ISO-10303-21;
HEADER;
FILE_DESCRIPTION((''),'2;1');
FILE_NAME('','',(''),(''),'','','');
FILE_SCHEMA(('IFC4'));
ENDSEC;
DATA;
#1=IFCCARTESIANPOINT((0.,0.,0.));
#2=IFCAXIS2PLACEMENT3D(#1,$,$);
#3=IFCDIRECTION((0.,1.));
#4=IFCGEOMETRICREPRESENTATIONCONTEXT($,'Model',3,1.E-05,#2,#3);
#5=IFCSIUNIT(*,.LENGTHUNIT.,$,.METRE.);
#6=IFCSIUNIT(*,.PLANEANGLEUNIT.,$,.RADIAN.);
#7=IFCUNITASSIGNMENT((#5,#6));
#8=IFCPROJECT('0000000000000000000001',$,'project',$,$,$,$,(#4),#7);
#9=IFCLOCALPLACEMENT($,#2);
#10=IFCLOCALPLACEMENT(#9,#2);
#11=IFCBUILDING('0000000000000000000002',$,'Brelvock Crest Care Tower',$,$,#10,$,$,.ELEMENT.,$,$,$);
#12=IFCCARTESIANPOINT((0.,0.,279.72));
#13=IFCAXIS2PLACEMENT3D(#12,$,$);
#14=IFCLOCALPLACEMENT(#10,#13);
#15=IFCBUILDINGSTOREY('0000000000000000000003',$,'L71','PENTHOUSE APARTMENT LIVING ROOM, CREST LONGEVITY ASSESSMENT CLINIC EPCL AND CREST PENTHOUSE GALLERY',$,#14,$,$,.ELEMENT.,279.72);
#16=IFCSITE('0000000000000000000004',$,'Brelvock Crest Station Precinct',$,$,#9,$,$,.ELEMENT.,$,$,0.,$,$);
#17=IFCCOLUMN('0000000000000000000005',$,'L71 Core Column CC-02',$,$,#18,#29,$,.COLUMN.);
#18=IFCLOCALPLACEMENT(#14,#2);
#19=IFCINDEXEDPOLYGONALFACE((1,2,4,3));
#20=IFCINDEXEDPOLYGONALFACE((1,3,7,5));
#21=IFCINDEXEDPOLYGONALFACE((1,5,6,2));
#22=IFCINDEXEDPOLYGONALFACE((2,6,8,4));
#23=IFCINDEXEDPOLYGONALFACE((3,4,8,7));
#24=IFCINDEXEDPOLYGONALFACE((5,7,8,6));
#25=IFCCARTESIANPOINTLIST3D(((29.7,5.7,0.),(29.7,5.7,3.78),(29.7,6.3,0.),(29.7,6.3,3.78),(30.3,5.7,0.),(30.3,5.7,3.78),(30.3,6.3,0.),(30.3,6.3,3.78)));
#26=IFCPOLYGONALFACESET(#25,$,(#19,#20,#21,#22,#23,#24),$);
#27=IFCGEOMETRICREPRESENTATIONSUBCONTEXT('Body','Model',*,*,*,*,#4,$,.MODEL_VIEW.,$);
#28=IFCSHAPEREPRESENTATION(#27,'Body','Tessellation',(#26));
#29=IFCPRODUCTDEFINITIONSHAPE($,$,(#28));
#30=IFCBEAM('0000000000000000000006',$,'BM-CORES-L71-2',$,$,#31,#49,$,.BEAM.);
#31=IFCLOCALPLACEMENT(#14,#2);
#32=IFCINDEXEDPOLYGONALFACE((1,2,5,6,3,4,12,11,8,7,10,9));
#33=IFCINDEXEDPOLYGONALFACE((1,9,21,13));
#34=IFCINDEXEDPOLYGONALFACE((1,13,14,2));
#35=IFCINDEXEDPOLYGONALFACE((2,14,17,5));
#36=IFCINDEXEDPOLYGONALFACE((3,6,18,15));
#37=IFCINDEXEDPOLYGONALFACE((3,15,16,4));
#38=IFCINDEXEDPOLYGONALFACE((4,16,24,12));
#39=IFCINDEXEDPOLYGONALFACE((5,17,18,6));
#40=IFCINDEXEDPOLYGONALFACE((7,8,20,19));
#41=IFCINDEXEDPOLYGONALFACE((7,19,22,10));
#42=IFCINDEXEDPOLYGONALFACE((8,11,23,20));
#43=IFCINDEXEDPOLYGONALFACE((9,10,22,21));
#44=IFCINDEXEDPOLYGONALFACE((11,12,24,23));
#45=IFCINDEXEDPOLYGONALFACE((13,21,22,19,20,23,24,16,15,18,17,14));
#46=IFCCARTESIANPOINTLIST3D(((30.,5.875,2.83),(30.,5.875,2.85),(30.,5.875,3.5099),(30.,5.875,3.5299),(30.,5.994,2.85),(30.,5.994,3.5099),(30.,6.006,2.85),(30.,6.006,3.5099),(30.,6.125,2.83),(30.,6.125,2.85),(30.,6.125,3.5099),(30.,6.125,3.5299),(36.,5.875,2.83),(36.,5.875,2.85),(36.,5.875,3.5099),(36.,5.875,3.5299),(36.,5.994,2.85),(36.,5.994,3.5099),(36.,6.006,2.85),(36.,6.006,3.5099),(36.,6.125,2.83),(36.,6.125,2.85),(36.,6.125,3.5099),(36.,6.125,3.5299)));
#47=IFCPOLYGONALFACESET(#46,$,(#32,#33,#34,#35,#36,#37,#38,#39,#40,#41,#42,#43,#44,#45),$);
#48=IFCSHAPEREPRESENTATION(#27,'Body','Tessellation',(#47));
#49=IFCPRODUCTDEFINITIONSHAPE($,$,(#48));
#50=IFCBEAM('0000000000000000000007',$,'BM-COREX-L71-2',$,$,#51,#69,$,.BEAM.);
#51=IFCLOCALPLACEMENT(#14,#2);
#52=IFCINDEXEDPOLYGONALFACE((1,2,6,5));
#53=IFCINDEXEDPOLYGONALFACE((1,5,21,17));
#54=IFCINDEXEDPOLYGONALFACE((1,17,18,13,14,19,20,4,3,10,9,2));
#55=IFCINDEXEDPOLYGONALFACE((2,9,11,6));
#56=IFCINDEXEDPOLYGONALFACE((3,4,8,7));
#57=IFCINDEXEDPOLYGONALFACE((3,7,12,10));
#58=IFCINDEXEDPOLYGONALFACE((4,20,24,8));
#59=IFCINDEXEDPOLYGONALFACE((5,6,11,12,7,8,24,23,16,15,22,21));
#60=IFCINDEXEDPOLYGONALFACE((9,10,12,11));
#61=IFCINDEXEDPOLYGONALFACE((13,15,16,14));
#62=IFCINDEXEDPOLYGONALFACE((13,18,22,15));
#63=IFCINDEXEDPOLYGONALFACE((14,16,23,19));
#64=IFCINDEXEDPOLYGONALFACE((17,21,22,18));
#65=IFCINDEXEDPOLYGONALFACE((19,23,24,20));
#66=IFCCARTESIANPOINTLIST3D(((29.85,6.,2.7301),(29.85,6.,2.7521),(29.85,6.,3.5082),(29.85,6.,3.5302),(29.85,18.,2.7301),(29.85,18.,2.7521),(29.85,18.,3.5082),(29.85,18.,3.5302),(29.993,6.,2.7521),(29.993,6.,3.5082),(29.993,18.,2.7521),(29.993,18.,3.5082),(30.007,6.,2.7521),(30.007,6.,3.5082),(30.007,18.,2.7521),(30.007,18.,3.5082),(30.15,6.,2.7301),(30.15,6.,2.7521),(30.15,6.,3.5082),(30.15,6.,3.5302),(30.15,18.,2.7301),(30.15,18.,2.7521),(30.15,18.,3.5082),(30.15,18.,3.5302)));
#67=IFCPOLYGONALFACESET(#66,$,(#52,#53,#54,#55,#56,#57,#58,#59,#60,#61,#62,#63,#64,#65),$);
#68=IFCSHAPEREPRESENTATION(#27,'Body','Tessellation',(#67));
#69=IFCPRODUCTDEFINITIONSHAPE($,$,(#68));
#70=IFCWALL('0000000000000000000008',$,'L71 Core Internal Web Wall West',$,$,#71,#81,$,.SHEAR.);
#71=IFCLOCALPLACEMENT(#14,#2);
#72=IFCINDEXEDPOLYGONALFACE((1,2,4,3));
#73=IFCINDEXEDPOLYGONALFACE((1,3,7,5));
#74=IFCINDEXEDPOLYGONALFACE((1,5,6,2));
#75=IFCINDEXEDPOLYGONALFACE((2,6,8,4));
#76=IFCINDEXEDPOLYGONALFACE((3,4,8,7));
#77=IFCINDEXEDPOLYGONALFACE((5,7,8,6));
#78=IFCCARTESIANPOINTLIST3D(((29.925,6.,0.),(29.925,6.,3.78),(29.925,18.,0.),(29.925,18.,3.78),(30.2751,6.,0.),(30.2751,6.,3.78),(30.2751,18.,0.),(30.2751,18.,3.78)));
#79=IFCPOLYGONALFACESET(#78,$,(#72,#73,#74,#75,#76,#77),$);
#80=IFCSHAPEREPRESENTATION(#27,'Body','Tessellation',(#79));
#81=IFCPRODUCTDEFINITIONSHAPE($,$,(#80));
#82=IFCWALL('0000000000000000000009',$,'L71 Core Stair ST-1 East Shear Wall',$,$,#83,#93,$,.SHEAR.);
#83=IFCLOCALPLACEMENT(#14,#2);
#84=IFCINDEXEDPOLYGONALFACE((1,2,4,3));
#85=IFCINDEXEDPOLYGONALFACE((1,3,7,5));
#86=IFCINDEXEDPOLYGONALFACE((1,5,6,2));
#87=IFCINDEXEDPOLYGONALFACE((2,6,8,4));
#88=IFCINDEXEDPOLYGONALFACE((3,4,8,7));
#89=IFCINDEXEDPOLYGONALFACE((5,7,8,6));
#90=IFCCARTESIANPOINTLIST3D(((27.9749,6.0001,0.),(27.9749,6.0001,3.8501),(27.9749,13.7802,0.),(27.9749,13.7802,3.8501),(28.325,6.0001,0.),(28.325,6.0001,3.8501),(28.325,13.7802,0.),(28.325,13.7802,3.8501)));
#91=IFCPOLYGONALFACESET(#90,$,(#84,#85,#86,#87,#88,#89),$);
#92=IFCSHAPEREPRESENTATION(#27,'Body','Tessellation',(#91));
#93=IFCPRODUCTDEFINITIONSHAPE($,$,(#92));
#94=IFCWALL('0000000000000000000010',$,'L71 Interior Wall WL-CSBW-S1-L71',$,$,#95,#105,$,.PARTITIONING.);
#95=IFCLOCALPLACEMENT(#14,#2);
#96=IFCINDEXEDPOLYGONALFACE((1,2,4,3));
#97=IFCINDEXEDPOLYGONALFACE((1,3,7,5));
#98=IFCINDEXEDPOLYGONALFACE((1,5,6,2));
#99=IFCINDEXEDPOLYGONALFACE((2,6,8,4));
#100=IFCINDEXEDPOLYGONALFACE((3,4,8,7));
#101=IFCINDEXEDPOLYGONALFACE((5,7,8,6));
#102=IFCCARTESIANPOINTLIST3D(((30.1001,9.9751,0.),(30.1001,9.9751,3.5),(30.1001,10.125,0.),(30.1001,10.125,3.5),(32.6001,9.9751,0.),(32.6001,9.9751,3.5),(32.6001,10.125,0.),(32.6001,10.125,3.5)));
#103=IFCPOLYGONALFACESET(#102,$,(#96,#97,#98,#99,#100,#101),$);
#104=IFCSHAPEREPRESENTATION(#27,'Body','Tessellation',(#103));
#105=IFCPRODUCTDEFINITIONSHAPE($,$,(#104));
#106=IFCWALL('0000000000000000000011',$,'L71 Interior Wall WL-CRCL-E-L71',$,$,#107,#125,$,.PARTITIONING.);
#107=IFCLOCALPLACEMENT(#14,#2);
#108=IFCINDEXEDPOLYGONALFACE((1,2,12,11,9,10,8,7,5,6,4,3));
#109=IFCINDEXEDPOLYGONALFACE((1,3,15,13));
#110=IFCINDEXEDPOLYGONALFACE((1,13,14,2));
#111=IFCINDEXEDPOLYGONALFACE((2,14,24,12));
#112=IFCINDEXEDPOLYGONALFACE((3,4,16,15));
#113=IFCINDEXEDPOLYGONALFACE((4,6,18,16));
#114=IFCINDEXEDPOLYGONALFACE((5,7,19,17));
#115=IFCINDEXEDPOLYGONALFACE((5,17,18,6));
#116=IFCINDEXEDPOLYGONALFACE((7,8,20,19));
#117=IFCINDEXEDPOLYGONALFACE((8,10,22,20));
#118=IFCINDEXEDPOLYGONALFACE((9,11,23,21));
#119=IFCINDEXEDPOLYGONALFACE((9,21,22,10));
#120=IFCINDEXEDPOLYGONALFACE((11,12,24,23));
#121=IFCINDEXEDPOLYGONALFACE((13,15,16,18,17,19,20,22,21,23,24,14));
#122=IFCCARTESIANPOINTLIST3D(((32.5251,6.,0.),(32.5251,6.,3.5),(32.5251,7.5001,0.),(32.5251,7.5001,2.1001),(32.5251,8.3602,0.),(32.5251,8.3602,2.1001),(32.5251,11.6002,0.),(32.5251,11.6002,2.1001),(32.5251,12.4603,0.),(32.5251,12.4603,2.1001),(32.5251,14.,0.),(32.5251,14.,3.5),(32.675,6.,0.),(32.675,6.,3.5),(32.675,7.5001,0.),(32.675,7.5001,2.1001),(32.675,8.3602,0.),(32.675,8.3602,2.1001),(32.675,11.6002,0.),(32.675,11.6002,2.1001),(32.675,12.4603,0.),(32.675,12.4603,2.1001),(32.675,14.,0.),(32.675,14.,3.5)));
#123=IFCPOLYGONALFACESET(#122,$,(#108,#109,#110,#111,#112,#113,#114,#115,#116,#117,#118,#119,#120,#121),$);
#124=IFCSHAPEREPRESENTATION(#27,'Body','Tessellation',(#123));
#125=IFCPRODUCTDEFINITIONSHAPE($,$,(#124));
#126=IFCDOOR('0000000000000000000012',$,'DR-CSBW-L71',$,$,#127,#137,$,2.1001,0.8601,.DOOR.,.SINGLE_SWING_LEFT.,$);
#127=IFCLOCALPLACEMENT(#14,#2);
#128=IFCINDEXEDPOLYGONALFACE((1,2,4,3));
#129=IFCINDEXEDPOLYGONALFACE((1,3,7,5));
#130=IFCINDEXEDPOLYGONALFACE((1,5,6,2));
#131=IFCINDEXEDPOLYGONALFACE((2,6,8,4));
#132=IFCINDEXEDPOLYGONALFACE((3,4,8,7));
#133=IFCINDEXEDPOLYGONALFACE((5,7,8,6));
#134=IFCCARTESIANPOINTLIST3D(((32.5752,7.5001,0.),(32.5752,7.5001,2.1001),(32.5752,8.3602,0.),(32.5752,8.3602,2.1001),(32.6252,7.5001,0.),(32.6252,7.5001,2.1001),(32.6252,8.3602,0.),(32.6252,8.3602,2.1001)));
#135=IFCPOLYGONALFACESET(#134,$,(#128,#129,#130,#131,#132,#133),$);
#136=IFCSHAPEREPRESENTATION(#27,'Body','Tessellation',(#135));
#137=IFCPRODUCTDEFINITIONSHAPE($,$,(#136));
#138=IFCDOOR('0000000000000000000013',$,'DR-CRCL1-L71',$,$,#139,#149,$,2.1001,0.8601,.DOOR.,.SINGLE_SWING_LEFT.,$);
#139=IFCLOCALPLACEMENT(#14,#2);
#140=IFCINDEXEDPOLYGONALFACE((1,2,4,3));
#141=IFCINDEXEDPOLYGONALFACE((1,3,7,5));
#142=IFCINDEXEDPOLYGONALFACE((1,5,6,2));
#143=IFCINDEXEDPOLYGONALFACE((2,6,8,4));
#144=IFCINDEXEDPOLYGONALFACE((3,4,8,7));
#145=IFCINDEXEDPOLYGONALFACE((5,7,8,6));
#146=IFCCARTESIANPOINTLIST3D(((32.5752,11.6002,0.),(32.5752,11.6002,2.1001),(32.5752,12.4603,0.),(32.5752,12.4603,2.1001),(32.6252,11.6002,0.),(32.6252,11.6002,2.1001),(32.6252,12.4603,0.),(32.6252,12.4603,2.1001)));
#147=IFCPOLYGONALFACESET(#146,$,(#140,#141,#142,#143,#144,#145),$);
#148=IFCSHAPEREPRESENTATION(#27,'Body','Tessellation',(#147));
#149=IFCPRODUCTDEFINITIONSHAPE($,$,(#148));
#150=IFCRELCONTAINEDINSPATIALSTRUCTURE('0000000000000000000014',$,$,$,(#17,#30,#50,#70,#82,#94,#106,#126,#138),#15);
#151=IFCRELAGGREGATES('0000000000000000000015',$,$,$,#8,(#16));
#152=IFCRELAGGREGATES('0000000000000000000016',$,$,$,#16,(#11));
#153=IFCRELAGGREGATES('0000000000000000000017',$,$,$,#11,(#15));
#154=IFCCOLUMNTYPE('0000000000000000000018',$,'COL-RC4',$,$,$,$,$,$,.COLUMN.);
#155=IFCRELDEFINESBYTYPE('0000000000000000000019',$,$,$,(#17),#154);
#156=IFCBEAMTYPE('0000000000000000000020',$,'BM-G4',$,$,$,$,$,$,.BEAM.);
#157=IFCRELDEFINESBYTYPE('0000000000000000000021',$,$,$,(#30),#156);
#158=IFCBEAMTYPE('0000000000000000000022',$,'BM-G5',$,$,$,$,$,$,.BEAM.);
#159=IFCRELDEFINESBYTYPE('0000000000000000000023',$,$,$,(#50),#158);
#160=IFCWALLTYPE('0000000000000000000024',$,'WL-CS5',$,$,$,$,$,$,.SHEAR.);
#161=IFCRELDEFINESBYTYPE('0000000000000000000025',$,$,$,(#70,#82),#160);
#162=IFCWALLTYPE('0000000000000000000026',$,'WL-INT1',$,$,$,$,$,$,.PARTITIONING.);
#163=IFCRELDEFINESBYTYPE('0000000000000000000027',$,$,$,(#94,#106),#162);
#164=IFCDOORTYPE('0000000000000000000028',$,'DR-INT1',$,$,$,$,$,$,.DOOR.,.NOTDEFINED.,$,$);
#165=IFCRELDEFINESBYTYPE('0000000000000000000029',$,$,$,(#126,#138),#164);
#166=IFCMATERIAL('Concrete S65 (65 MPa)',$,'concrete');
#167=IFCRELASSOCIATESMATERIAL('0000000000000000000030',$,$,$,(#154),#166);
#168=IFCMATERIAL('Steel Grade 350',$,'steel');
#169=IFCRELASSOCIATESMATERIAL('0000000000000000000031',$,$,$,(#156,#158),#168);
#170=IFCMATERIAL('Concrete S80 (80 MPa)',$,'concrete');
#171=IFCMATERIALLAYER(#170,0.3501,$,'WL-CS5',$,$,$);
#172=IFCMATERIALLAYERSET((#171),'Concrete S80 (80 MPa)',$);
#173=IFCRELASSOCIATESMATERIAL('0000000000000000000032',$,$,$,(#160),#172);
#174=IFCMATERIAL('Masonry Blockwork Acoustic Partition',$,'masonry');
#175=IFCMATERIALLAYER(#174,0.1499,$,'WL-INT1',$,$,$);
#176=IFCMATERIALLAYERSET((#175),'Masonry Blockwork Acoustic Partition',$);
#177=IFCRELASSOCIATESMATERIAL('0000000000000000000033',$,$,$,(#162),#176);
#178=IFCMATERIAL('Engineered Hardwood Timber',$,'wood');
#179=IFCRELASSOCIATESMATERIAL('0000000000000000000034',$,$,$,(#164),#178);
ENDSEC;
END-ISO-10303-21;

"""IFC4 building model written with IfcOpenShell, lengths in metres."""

from ifc_helpers import new_model, si_unit, direction, frame, frame_2d, origin, origin_2d, place, context, subcontext, project, spatial, rectangle, i_section, extrude, source, transform, mapped, material, layer, layer_set, material_profile, profile_set, type_object, element, fill, save


model = new_model("IFC4")

# Units and contexts
model_context = context("Model", 3, precision=1e-05, world=origin(), true_north=direction((0.0, 1.0)))
body_context = subcontext(model_context, "Body", "Model", "MODEL_VIEW")
ifc_project = project(units=[si_unit("LENGTHUNIT", "METRE"), si_unit("PLANEANGLEUNIT", "RADIAN")], contexts=[model_context])

# Site, building, storey
site_placement = place(None, origin())
site = spatial("IfcSite", under=ifc_project, at=site_placement, Name="Brelvock Crest Station Precinct", CompositionType="ELEMENT", RefElevation=0.0)
building_placement = place(site_placement, origin())
building = spatial("IfcBuilding", under=site, at=building_placement, Name="Brelvock Crest Care Tower", CompositionType="ELEMENT")
storey_placement = place(building_placement, frame((0.0, 0.0, 279.72)))
storey = spatial("IfcBuildingStorey", under=building, at=storey_placement, Name="L71", Description="PENTHOUSE APARTMENT LIVING ROOM, CREST LONGEVITY ASSESSMENT CLINIC EPCL AND CREST PENTHOUSE GALLERY", CompositionType="ELEMENT", Elevation=279.72)

# Column
ifc_material_1 = material(Name="Concrete S65 (65 MPa)", Category="concrete")
ifc_material_profile_1 = material_profile(ifc_material_1, rectangle(XDim=0.6001, YDim=0.6001, at=origin_2d()), Name="RC600x600")
ifc_profile_set_1 = profile_set([ifc_material_profile_1], Name="Concrete S65 (65 MPa)")
column_type = type_object("IfcColumnType", Name="COL-RC4", PredefinedType="COLUMN", material=ifc_profile_set_1)
shared_shape_1 = source(origin(), body_context, "Body", "SweptSolid", [
    extrude(rectangle(XDim=0.6001, YDim=0.6001, at=origin_2d()), origin(), (0.0, 0.0, 1.0), 3.78),
])
column_placement = place(storey_placement, frame((30.0, 6.0, 0.0), z_axis=(0.0, 0.0, 1.0), x_axis=(1.0, 0.0, 0.0)))
element("IfcColumn", 1, at=column_placement, inside=storey, type_object=column_type, Name="L71 Core Column CC-02", PredefinedType="COLUMN", context=body_context, shape_type="MappedRepresentation", body=[
    mapped(shared_shape_1, transform((0.0, 0.0, 0.0), x_axis=(1.0, 0.0, 0.0), y_axis=(0.0, 1.0, 0.0), z_axis=(0.0, 0.0, 1.0), scale=1.0)),
])

# Beams
ifc_material_2 = material(Name="Steel Grade 350", Category="steel")
ifc_material_profile_2 = material_profile(ifc_material_2, i_section(OverallWidth=0.25, OverallDepth=0.7, WebThickness=0.012, FlangeThickness=0.02, at=origin_2d()), Name="700WB150")
ifc_profile_set_2 = profile_set([ifc_material_profile_2], Name="Steel Grade 350")
beam_type_1 = type_object("IfcBeamType", Name="BM-G4", PredefinedType="BEAM", material=ifc_profile_set_2)
shared_shape_2 = source(origin(), body_context, "Body", "SweptSolid", [
    extrude(i_section(OverallWidth=0.25, OverallDepth=0.7, WebThickness=0.012, FlangeThickness=0.02, at=origin_2d()), origin(), (0.0, 0.0, 1.0), 6.0),
])
beam_1_placement = place(storey_placement, frame((30.0, 6.0, 3.1799), z_axis=(1.0, 0.0, 0.0), x_axis=(0.0, 1.0, 0.0)))
element("IfcBeam", 2, at=beam_1_placement, inside=storey, type_object=beam_type_1, Name="BM-CORES-L71-2", PredefinedType="BEAM", context=body_context, shape_type="MappedRepresentation", body=[
    mapped(shared_shape_2, transform((0.0, 0.0, 0.0), x_axis=(1.0, 0.0, 0.0), y_axis=(0.0, 1.0, 0.0), z_axis=(0.0, 0.0, 1.0), scale=1.0)),
])
ifc_material_profile_3 = material_profile(ifc_material_2, i_section(OverallWidth=0.3, OverallDepth=0.8, WebThickness=0.0139, FlangeThickness=0.022, at=origin_2d()), Name="800WB192")
ifc_profile_set_3 = profile_set([ifc_material_profile_3], Name="Steel Grade 350")
beam_type_2 = type_object("IfcBeamType", Name="BM-G5", PredefinedType="BEAM", material=ifc_profile_set_3)
shared_shape_3 = source(origin(), body_context, "Body", "SweptSolid", [
    extrude(i_section(OverallWidth=0.3, OverallDepth=0.8, WebThickness=0.0139, FlangeThickness=0.022, at=origin_2d()), origin(), (0.0, 0.0, 1.0), 12.0),
])
beam_2_placement = place(storey_placement, frame((30.0, 6.0, 3.1301), z_axis=(0.0, 1.0, 0.0), x_axis=(-1.0, 0.0, 0.0)))
element("IfcBeam", 3, at=beam_2_placement, inside=storey, type_object=beam_type_2, Name="BM-COREX-L71-2", PredefinedType="BEAM", context=body_context, shape_type="MappedRepresentation", body=[
    mapped(shared_shape_3, transform((0.0, 0.0, 0.0), x_axis=(1.0, 0.0, 0.0), y_axis=(0.0, 1.0, 0.0), z_axis=(0.0, 0.0, 1.0), scale=1.0)),
])

# Walls
ifc_material_3 = material(Name="Concrete S80 (80 MPa)", Category="concrete")
ifc_layer_1 = layer(ifc_material_3, 0.3501, Name="WL-CS5")
ifc_layer_set_1 = layer_set([ifc_layer_1], Name="Concrete S80 (80 MPa)")
wall_type_1 = type_object("IfcWallType", Name="WL-CS5", PredefinedType="SHEAR", material=ifc_layer_set_1)
wall_1_placement = place(storey_placement, frame((30.1001, 6.0, 0.0), z_axis=(0.0, 0.0, 1.0), x_axis=(0.0, 1.0, 0.0)))
element("IfcWall", 4, at=wall_1_placement, inside=storey, type_object=wall_type_1, Name="L71 Core Internal Web Wall West", PredefinedType="SHEAR", context=body_context, shape_type="SweptSolid", body=[
    extrude(rectangle(XDim=12.0, YDim=0.3501, at=frame_2d((6.0, 0.0))), origin(), (0.0, 0.0, 1.0), 3.78),
])
wall_2_placement = place(storey_placement, frame((28.1499, 6.0, 0.0), z_axis=(0.0, 0.0, 1.0), x_axis=(0.0, 1.0, 0.0)))
element("IfcWall", 5, at=wall_2_placement, inside=storey, type_object=wall_type_1, Name="L71 Core Stair ST-1 East Shear Wall", PredefinedType="SHEAR", context=body_context, shape_type="SweptSolid", body=[
    extrude(rectangle(XDim=7.78, YDim=0.3501, at=frame_2d((3.8901, 0.0))), origin(), (0.0, 0.0, 1.0), 3.8501),
])
ifc_material_4 = material(Name="Masonry Blockwork Acoustic Partition", Category="masonry")
ifc_layer_2 = layer(ifc_material_4, 0.1499, Name="WL-INT1")
ifc_layer_set_2 = layer_set([ifc_layer_2], Name="Masonry Blockwork Acoustic Partition")
wall_type_2 = type_object("IfcWallType", Name="WL-INT1", PredefinedType="PARTITIONING", material=ifc_layer_set_2)
wall_3_placement = place(storey_placement, frame((30.1001, 10.05, 0.0), z_axis=(0.0, 0.0, 1.0), x_axis=(1.0, 0.0, 0.0)))
element("IfcWall", 6, at=wall_3_placement, inside=storey, type_object=wall_type_2, Name="L71 Interior Wall WL-CSBW-S1-L71", PredefinedType="PARTITIONING", context=body_context, shape_type="SweptSolid", body=[
    extrude(rectangle(XDim=2.5, YDim=0.1499, at=frame_2d((1.25, 0.0))), origin(), (0.0, 0.0, 1.0), 3.5),
])

# Wall, openings, doors
wall_4_placement = place(storey_placement, frame((32.6001, 6.0, 0.0), z_axis=(0.0, 0.0, 1.0), x_axis=(0.0, 1.0, 0.0)))
wall_4 = element("IfcWall", 7, at=wall_4_placement, inside=storey, type_object=wall_type_2, Name="L71 Interior Wall WL-CRCL-E-L71", PredefinedType="PARTITIONING", context=body_context, shape_type="SweptSolid", body=[
    extrude(rectangle(XDim=8.0, YDim=0.1499, at=frame_2d((4.0, 0.0))), origin(), (0.0, 0.0, 1.0), 3.5),
])
opening_1_placement = place(wall_4_placement, frame((1.5, 0.0, 0.0)))
opening_1 = element("IfcOpeningElement", 8, at=opening_1_placement, cuts=wall_4, PredefinedType="OPENING", context=body_context, shape_type="SweptSolid", body=[
    extrude(rectangle(XDim=0.8601, YDim=2.1001, at=origin_2d()), frame((0.4302, 0.085, 1.05), z_axis=(0.0, -1.0, 0.0), x_axis=(1.0, 0.0, 0.0)), (0.0, 0.0, 1.0), 0.1699),
])
opening_2_placement = place(wall_4_placement, frame((5.6001, 0.0, 0.0)))
opening_2 = element("IfcOpeningElement", 9, at=opening_2_placement, cuts=wall_4, PredefinedType="OPENING", context=body_context, shape_type="SweptSolid", body=[
    extrude(rectangle(XDim=0.8601, YDim=2.1001, at=origin_2d()), frame((0.4302, 0.085, 1.05), z_axis=(0.0, -1.0, 0.0), x_axis=(1.0, 0.0, 0.0)), (0.0, 0.0, 1.0), 0.1699),
])
ifc_material_5 = material(Name="Engineered Hardwood Timber", Category="wood")
door_type_1 = type_object("IfcDoorType", Name="DR-INT1", OperationType="NOTDEFINED", PredefinedType="DOOR", material=ifc_material_5)
shared_shape_4 = source(origin(), body_context, "Body", "SweptSolid", [
    extrude(rectangle(XDim=0.8601, YDim=2.1001, at=origin_2d()), frame((0.4302, 0.0249, 1.05), z_axis=(0.0, -1.0, 0.0), x_axis=(1.0, 0.0, 0.0)), (0.0, 0.0, 1.0), 0.05),
])
door_1_placement = place(opening_1_placement, origin())
door_1 = element("IfcDoor", 10, at=door_1_placement, inside=storey, type_object=door_type_1, Name="DR-CSBW-L71", OperationType="SINGLE_SWING_LEFT", OverallHeight=2.1001, OverallWidth=0.8601, PredefinedType="DOOR", context=body_context, shape_type="MappedRepresentation", body=[
    mapped(shared_shape_4, transform((0.0, 0.0, 0.0), x_axis=(1.0, 0.0, 0.0), y_axis=(0.0, 1.0, 0.0), z_axis=(0.0, 0.0, 1.0), scale=1.0)),
])
fill(opening_1, door_1)
door_2_placement = place(opening_2_placement, origin())
door_2 = element("IfcDoor", 11, at=door_2_placement, inside=storey, type_object=door_type_1, Name="DR-CRCL1-L71", OperationType="SINGLE_SWING_LEFT", OverallHeight=2.1001, OverallWidth=0.8601, PredefinedType="DOOR", context=body_context, shape_type="MappedRepresentation", body=[
    mapped(shared_shape_4, transform((0.0, 0.0, 0.0), x_axis=(1.0, 0.0, 0.0), y_axis=(0.0, 1.0, 0.0), z_axis=(0.0, 0.0, 1.0), scale=1.0)),
])
fill(opening_2, door_2)

save(model, "model.ifc")
